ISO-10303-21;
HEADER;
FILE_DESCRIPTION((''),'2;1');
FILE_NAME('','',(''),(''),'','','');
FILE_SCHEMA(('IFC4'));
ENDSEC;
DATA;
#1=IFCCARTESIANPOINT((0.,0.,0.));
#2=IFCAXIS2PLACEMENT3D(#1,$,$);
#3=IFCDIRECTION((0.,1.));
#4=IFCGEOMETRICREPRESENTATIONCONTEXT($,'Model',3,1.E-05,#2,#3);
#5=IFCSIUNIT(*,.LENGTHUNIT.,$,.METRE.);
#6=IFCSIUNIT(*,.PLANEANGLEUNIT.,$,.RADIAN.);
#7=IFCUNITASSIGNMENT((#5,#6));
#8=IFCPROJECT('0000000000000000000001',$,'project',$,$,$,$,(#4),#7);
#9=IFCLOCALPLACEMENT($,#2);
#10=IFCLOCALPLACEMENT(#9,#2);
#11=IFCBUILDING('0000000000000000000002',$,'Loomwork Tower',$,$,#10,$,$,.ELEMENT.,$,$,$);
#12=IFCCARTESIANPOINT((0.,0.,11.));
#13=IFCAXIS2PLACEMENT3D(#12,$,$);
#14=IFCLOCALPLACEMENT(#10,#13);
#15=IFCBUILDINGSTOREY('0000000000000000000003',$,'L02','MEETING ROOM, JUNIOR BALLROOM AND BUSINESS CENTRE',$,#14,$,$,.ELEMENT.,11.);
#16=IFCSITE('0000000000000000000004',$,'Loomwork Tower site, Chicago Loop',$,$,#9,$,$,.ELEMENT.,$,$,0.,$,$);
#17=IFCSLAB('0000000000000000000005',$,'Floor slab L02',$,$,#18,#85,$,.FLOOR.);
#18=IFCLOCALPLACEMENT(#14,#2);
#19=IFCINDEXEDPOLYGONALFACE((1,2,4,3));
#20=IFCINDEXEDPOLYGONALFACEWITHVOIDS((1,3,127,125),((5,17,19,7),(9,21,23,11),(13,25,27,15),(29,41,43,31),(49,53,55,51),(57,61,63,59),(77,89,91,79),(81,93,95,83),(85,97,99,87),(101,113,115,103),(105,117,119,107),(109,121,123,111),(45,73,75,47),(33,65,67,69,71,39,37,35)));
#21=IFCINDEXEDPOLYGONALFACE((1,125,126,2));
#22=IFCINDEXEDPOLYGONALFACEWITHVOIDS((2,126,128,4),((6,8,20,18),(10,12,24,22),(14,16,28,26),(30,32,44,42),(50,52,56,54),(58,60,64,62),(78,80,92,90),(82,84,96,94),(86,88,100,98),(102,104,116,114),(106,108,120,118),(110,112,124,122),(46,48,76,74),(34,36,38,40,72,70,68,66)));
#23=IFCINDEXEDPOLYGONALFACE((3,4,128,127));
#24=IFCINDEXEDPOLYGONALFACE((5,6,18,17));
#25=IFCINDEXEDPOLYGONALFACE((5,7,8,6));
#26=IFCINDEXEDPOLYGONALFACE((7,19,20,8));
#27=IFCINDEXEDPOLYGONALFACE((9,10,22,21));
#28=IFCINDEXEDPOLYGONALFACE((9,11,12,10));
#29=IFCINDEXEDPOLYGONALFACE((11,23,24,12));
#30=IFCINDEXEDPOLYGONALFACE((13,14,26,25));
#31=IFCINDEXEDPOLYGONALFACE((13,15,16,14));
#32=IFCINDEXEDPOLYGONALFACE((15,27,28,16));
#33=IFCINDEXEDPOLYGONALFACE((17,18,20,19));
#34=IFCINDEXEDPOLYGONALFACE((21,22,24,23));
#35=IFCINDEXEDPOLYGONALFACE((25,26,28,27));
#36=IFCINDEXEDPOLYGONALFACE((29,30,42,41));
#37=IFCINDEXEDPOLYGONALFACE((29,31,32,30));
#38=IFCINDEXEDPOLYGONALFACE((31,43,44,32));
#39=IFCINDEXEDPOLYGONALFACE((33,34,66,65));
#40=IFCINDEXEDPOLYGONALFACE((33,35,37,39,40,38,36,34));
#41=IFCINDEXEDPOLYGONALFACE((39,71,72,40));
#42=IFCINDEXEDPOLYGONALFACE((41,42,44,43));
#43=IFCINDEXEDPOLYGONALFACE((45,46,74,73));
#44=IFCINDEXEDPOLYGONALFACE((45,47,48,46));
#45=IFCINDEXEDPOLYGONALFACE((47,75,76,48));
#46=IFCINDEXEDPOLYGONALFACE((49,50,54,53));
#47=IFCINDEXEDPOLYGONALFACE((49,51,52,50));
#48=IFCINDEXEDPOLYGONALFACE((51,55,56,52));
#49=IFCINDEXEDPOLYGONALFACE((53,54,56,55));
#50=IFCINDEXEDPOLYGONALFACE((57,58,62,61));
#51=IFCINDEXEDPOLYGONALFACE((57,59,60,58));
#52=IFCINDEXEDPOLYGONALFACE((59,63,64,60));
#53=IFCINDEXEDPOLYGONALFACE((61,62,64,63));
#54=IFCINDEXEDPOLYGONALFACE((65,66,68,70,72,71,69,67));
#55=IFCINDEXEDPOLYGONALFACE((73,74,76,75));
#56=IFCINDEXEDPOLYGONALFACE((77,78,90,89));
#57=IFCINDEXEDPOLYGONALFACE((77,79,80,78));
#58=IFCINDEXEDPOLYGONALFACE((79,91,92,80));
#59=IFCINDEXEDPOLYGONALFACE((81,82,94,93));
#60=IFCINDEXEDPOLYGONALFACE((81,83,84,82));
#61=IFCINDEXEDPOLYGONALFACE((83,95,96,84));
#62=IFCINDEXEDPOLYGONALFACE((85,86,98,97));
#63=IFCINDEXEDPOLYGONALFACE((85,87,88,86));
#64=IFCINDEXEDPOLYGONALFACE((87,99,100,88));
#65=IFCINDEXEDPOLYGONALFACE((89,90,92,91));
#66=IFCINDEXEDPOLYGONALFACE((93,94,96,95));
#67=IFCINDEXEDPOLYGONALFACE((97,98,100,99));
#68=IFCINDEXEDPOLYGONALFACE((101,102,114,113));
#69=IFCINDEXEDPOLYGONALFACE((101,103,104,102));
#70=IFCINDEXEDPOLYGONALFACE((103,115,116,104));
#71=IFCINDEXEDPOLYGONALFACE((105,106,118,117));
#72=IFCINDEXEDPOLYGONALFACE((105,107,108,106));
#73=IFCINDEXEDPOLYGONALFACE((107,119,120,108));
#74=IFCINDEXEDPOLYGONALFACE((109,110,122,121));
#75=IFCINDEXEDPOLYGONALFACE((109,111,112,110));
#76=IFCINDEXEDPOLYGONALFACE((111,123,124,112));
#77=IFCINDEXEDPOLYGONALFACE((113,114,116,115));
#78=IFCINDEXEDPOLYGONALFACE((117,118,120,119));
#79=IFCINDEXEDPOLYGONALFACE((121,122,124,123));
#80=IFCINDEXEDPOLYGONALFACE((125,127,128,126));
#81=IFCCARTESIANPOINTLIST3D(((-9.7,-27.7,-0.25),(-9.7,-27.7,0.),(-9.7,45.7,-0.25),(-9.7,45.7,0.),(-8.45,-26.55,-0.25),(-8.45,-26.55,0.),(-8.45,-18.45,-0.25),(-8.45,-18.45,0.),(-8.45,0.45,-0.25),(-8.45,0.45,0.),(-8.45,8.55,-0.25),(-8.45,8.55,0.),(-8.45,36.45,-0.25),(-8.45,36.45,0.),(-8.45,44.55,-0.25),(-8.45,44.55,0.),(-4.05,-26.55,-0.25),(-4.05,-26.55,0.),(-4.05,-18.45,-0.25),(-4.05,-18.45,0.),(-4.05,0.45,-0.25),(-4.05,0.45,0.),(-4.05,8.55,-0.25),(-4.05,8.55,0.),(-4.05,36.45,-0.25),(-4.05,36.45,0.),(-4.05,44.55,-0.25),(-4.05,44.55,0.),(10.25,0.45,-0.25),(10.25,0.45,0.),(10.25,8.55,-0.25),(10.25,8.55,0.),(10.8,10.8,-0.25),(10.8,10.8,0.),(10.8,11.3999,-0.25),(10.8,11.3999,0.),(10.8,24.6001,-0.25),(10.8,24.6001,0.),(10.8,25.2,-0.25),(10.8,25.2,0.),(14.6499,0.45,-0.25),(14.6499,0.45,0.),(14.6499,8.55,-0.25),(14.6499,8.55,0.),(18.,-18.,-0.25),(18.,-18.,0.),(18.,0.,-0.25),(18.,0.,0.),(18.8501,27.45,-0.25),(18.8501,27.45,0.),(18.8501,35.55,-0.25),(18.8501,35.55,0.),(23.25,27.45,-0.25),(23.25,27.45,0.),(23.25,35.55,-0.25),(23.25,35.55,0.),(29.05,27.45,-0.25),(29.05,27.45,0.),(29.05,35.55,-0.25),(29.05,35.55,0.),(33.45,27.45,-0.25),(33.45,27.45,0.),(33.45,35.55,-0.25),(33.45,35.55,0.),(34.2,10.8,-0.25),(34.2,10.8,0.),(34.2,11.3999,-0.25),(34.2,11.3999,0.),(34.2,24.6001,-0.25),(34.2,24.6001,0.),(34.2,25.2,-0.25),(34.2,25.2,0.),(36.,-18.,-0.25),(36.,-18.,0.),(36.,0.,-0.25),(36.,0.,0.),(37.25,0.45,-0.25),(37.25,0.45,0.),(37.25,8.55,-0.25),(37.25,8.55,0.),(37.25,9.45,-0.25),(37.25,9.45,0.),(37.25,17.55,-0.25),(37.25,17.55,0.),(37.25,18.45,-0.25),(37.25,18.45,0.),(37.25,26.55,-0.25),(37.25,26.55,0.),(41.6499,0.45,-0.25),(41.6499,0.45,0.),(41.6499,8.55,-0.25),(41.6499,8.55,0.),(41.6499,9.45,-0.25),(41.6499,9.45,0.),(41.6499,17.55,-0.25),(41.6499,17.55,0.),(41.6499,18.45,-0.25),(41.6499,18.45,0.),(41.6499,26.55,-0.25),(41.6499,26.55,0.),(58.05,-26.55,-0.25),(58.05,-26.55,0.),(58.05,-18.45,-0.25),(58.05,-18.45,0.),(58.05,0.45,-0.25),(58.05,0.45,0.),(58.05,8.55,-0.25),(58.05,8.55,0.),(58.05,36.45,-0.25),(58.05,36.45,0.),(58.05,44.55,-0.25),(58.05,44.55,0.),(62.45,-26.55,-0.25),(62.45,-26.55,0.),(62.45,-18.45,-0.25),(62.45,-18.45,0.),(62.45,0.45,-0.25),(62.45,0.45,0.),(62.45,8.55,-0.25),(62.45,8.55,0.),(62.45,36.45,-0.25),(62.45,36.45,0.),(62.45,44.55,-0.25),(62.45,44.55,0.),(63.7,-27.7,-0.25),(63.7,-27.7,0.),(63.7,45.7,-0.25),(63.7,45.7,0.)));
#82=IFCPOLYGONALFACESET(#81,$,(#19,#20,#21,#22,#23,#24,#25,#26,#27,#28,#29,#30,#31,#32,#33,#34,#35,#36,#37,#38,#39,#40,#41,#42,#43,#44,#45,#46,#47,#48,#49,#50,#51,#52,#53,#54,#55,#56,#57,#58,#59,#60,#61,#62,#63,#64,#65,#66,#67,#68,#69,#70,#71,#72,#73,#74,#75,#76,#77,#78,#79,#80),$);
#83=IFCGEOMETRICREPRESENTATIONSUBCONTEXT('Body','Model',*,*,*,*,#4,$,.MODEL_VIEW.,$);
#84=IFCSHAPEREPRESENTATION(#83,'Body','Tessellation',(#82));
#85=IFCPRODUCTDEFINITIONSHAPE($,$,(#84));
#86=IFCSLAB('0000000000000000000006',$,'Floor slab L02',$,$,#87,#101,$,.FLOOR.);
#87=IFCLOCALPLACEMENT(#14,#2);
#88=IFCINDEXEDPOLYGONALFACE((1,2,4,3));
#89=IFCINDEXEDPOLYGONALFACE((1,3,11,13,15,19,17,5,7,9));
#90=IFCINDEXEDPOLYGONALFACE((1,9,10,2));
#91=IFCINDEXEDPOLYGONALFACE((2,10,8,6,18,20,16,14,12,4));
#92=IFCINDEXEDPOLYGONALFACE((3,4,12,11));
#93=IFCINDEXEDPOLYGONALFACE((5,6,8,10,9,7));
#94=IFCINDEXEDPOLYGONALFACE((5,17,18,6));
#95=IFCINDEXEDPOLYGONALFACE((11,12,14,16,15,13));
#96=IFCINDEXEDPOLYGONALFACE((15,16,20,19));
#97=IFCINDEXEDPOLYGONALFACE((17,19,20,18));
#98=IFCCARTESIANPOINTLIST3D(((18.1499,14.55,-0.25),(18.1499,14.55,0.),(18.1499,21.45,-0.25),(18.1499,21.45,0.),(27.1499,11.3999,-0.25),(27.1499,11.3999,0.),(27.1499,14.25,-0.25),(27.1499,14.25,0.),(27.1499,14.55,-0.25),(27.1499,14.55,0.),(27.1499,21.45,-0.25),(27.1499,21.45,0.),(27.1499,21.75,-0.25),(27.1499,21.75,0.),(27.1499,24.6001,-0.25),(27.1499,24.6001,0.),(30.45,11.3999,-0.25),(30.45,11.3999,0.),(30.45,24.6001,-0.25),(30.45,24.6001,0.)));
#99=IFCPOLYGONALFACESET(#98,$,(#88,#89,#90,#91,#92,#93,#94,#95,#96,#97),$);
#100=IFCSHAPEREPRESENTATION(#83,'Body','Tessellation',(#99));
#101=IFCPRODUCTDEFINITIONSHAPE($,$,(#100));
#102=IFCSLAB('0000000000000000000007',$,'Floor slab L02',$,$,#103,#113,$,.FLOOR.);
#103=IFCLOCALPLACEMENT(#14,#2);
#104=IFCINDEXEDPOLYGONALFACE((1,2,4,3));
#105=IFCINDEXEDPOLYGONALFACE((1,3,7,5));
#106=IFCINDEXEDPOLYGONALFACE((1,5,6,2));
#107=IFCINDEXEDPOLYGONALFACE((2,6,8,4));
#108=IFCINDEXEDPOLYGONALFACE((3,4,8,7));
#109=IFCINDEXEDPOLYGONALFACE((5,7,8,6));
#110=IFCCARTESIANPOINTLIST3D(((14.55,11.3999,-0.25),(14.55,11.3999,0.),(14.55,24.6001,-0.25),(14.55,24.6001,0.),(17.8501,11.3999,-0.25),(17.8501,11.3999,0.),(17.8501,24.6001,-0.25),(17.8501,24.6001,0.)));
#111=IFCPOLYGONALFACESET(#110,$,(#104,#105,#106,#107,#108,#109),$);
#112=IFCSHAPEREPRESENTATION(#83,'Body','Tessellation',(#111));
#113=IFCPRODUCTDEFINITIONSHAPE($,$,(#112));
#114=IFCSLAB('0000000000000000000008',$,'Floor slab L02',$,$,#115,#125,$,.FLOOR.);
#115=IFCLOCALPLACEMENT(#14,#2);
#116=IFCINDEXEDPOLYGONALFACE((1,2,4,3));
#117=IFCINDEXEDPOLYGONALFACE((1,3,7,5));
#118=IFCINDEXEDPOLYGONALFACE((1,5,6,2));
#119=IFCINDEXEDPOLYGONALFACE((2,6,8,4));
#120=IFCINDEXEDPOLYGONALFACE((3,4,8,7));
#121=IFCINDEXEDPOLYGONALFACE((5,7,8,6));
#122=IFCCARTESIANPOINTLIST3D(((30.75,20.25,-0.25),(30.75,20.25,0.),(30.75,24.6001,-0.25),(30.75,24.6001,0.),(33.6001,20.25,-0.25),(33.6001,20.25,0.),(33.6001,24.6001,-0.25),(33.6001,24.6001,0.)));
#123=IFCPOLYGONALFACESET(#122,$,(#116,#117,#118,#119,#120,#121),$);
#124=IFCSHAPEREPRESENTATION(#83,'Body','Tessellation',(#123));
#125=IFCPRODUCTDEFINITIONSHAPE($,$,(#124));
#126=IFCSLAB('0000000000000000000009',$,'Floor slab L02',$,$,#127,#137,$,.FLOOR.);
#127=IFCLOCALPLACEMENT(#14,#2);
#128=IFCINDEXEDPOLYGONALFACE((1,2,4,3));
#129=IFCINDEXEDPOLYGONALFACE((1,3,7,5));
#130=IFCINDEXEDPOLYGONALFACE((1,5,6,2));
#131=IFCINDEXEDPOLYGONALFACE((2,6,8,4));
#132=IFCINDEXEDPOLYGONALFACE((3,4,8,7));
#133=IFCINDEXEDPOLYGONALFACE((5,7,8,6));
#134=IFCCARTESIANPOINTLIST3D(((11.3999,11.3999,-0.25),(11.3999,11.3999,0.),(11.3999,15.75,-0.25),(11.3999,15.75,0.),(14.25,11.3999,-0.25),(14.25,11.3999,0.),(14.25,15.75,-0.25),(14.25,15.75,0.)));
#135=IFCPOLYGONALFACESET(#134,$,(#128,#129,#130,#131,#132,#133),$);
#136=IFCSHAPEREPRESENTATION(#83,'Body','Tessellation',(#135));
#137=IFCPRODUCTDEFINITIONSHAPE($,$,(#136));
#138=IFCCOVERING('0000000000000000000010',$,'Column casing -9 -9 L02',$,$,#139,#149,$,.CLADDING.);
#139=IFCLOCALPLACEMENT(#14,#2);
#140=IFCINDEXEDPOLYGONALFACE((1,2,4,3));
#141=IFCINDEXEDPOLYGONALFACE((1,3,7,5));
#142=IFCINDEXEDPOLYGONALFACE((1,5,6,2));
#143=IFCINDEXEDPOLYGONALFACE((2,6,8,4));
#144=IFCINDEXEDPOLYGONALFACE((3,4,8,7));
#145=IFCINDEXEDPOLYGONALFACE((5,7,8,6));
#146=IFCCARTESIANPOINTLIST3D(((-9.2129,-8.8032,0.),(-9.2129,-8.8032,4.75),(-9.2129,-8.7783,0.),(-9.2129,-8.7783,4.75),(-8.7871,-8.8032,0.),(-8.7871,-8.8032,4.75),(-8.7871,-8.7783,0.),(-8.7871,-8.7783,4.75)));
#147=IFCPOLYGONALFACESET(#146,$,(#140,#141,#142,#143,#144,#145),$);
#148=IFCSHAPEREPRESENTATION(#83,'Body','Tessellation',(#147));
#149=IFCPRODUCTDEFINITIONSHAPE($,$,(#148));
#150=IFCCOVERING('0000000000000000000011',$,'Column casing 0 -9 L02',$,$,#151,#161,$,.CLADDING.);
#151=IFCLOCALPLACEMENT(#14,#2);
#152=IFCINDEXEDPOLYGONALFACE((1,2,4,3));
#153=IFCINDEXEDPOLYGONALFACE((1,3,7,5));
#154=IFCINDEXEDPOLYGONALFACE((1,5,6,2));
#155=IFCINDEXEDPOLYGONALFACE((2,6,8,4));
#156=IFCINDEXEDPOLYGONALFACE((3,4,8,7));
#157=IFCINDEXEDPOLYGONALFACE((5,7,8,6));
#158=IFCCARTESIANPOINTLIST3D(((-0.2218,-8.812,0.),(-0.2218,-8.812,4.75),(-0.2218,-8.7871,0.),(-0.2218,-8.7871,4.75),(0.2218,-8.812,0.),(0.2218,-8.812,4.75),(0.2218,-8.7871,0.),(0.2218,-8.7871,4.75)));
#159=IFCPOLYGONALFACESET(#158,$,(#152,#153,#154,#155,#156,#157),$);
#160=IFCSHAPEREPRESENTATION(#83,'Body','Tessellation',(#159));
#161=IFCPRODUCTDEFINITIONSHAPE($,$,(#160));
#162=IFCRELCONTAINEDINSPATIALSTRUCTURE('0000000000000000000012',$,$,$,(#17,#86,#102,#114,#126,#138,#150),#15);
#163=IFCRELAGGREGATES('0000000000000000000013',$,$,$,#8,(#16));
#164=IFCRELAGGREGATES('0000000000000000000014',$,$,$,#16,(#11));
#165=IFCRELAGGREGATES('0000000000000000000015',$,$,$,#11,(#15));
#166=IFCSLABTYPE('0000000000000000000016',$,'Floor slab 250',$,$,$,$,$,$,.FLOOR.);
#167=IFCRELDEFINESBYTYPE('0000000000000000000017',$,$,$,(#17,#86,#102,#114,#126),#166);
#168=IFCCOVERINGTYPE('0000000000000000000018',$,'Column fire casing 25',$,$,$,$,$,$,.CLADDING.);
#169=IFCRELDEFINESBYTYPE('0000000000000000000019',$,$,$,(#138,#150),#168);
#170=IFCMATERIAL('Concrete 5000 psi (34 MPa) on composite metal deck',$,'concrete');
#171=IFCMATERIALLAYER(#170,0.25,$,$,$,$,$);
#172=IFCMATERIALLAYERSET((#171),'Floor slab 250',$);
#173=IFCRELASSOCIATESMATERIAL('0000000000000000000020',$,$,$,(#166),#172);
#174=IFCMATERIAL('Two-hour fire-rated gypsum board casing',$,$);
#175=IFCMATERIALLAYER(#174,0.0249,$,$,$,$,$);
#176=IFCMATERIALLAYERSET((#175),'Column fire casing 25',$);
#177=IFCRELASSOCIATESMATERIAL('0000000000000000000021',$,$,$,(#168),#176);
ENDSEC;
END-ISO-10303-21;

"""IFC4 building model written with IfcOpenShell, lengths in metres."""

from ifc_helpers import new_model, si_unit, direction, frame, origin, origin_2d, place, context, subcontext, project, spatial, polyline, rectangle, outline, extrude, material, layer, layer_set, type_object, element, save


model = new_model("IFC4")

# Units and contexts
model_context = context("Model", 3, precision=1e-05, world=origin(), true_north=direction((0.0, 1.0)))
body_context = subcontext(model_context, "Body", "Model", "MODEL_VIEW")
ifc_project = project(units=[si_unit("LENGTHUNIT", "METRE"), si_unit("PLANEANGLEUNIT", "RADIAN")], contexts=[model_context])

# Site, building, storey
site_placement = place(None, origin())
site = spatial("IfcSite", under=ifc_project, at=site_placement, Name="Loomwork Tower site, Chicago Loop", CompositionType="ELEMENT", RefElevation=0.0)
building_placement = place(site_placement, origin())
building = spatial("IfcBuilding", under=site, at=building_placement, Name="Loomwork Tower", CompositionType="ELEMENT")
storey_placement = place(building_placement, frame((0.0, 0.0, 11.0)))
storey = spatial("IfcBuildingStorey", under=building, at=storey_placement, Name="L02", Description="MEETING ROOM, JUNIOR BALLROOM AND BUSINESS CENTRE", CompositionType="ELEMENT", Elevation=11.0)

# Slabs
ifc_material_1 = material(Name="Concrete 5000 psi (34 MPa) on composite metal deck", Category="concrete")
ifc_layer_1 = layer(ifc_material_1, 0.25)
ifc_layer_set_1 = layer_set([ifc_layer_1], Name="Floor slab 250")
slab_type = type_object("IfcSlabType", Name="Floor slab 250", PredefinedType="FLOOR", material=ifc_layer_set_1)
slab_1_placement = place(storey_placement, frame((0.0, 0.0, -0.25)))
element("IfcSlab", 1, at=slab_1_placement, inside=storey, type_object=slab_type, Name="Floor slab L02", PredefinedType="FLOOR", context=body_context, shape_type="SweptSolid", body=[
    extrude(outline(polyline([(-9.7, -27.7), (-9.7, 45.7), (63.7, 45.7), (63.7, -27.7), (-9.7, -27.7)]), holes=[polyline([(58.05, 36.45), (62.45, 36.45), (62.45, 44.55), (58.05, 44.55), (58.05, 36.45)]), polyline([(58.05, 0.45), (62.45, 0.45), (62.45, 8.55), (58.05, 8.55), (58.05, 0.45)]), polyline([(58.05, -26.55), (62.45, -26.55), (62.45, -18.45), (58.05, -18.45), (58.05, -26.55)]), polyline([(41.6499, 9.45), (41.6499, 17.55), (37.25, 17.55), (37.25, 9.45), (41.6499, 9.45)]), polyline([(37.25, 18.45), (41.6499, 18.45), (41.6499, 26.55), (37.25, 26.55), (37.25, 18.45)]), polyline([(37.25, 0.45), (41.6499, 0.45), (41.6499, 8.55), (37.25, 8.55), (37.25, 0.45)]), polyline([(18.0, -18.0), (36.0, -18.0), (36.0, 0.0), (18.0, 0.0), (18.0, -18.0)]), polyline([(34.2, 11.3999), (34.2, 24.6001), (34.2, 25.2), (10.8, 25.2), (10.8, 24.6001), (10.8, 11.3999), (10.8, 11.3999), (10.8, 10.8), (34.2, 10.8), (34.2, 11.3999), (34.2, 11.3999)]), polyline([(29.05, 27.45), (33.45, 27.45), (33.45, 35.55), (29.05, 35.55), (29.05, 27.45)]), polyline([(18.8501, 27.45), (23.25, 27.45), (23.25, 35.55), (18.8501, 35.55), (18.8501, 27.45)]), polyline([(10.25, 0.45), (14.6499, 0.45), (14.6499, 8.55), (10.25, 8.55), (10.25, 0.45)]), polyline([(-4.05, -26.55), (-4.05, -18.45), (-8.45, -18.45), (-8.45, -26.55), (-4.05, -26.55)]), polyline([(-8.45, 36.45), (-4.05, 36.45), (-4.05, 44.55), (-8.45, 44.55), (-8.45, 36.45)]), polyline([(-8.45, 0.45), (-4.05, 0.45), (-4.05, 8.55), (-8.45, 8.55), (-8.45, 0.45)])]), origin(), (0.0, 0.0, 1.0), 0.25),
])
slab_2_placement = place(storey_placement, frame((0.0, 0.0, -0.25)))
element("IfcSlab", 2, at=slab_2_placement, inside=storey, type_object=slab_type, Name="Floor slab L02", PredefinedType="FLOOR", context=body_context, shape_type="SweptSolid", body=[
    extrude(outline(polyline([(18.1499, 21.45), (27.1499, 21.45), (27.1499, 21.75), (27.1499, 24.6001), (30.45, 24.6001), (30.45, 11.3999), (27.1499, 11.3999), (27.1499, 14.25), (27.1499, 14.55), (18.1499, 14.55), (18.1499, 21.45)])), origin(), (0.0, 0.0, 1.0), 0.25),
])
slab_3_placement = place(storey_placement, frame((0.0, 0.0, -0.25)))
element("IfcSlab", 3, at=slab_3_placement, inside=storey, type_object=slab_type, Name="Floor slab L02", PredefinedType="FLOOR", context=body_context, shape_type="SweptSolid", body=[
    extrude(outline(polyline([(14.55, 24.6001), (17.8501, 24.6001), (17.8501, 11.3999), (14.55, 11.3999), (14.55, 24.6001)])), origin(), (0.0, 0.0, 1.0), 0.25),
])
slab_4_placement = place(storey_placement, frame((0.0, 0.0, -0.25)))
element("IfcSlab", 4, at=slab_4_placement, inside=storey, type_object=slab_type, Name="Floor slab L02", PredefinedType="FLOOR", context=body_context, shape_type="SweptSolid", body=[
    extrude(outline(polyline([(33.6001, 20.25), (30.75, 20.25), (30.75, 24.6001), (33.6001, 24.6001), (33.6001, 20.25)])), origin(), (0.0, 0.0, 1.0), 0.25),
])
slab_5_placement = place(storey_placement, frame((0.0, 0.0, -0.25)))
element("IfcSlab", 5, at=slab_5_placement, inside=storey, type_object=slab_type, Name="Floor slab L02", PredefinedType="FLOOR", context=body_context, shape_type="SweptSolid", body=[
    extrude(outline(polyline([(14.25, 15.75), (14.25, 11.3999), (11.3999, 11.3999), (11.3999, 15.75), (14.25, 15.75)])), origin(), (0.0, 0.0, 1.0), 0.25),
])

# Coverings
ifc_material_2 = material(Name="Two-hour fire-rated gypsum board casing")
ifc_layer_2 = layer(ifc_material_2, 0.0249)
ifc_layer_set_2 = layer_set([ifc_layer_2], Name="Column fire casing 25")
covering_type_1 = type_object("IfcCoveringType", Name="Column fire casing 25", PredefinedType="CLADDING", material=ifc_layer_set_2)
covering_1_placement = place(storey_placement, frame((-9.0, -8.7908, 0.0), z_axis=(0.0, 0.0, 1.0), x_axis=(1.0, 0.0, 0.0)))
element("IfcCovering", 6, at=covering_1_placement, inside=storey, type_object=covering_type_1, Name="Column casing -9 -9 L02", PredefinedType="CLADDING", context=body_context, shape_type="SweptSolid", body=[
    extrude(rectangle(XDim=0.4258, YDim=0.0249, at=origin_2d()), origin(), (0.0, 0.0, 1.0), 4.75),
])
covering_2_placement = place(storey_placement, frame((0.0, -8.7996, 0.0), z_axis=(0.0, 0.0, 1.0), x_axis=(1.0, 0.0, 0.0)))
element("IfcCovering", 7, at=covering_2_placement, inside=storey, type_object=covering_type_1, Name="Column casing 0 -9 L02", PredefinedType="CLADDING", context=body_context, shape_type="SweptSolid", body=[
    extrude(rectangle(XDim=0.4436, YDim=0.0249, at=origin_2d()), origin(), (0.0, 0.0, 1.0), 4.75),
])

save(model, "model.ifc")
